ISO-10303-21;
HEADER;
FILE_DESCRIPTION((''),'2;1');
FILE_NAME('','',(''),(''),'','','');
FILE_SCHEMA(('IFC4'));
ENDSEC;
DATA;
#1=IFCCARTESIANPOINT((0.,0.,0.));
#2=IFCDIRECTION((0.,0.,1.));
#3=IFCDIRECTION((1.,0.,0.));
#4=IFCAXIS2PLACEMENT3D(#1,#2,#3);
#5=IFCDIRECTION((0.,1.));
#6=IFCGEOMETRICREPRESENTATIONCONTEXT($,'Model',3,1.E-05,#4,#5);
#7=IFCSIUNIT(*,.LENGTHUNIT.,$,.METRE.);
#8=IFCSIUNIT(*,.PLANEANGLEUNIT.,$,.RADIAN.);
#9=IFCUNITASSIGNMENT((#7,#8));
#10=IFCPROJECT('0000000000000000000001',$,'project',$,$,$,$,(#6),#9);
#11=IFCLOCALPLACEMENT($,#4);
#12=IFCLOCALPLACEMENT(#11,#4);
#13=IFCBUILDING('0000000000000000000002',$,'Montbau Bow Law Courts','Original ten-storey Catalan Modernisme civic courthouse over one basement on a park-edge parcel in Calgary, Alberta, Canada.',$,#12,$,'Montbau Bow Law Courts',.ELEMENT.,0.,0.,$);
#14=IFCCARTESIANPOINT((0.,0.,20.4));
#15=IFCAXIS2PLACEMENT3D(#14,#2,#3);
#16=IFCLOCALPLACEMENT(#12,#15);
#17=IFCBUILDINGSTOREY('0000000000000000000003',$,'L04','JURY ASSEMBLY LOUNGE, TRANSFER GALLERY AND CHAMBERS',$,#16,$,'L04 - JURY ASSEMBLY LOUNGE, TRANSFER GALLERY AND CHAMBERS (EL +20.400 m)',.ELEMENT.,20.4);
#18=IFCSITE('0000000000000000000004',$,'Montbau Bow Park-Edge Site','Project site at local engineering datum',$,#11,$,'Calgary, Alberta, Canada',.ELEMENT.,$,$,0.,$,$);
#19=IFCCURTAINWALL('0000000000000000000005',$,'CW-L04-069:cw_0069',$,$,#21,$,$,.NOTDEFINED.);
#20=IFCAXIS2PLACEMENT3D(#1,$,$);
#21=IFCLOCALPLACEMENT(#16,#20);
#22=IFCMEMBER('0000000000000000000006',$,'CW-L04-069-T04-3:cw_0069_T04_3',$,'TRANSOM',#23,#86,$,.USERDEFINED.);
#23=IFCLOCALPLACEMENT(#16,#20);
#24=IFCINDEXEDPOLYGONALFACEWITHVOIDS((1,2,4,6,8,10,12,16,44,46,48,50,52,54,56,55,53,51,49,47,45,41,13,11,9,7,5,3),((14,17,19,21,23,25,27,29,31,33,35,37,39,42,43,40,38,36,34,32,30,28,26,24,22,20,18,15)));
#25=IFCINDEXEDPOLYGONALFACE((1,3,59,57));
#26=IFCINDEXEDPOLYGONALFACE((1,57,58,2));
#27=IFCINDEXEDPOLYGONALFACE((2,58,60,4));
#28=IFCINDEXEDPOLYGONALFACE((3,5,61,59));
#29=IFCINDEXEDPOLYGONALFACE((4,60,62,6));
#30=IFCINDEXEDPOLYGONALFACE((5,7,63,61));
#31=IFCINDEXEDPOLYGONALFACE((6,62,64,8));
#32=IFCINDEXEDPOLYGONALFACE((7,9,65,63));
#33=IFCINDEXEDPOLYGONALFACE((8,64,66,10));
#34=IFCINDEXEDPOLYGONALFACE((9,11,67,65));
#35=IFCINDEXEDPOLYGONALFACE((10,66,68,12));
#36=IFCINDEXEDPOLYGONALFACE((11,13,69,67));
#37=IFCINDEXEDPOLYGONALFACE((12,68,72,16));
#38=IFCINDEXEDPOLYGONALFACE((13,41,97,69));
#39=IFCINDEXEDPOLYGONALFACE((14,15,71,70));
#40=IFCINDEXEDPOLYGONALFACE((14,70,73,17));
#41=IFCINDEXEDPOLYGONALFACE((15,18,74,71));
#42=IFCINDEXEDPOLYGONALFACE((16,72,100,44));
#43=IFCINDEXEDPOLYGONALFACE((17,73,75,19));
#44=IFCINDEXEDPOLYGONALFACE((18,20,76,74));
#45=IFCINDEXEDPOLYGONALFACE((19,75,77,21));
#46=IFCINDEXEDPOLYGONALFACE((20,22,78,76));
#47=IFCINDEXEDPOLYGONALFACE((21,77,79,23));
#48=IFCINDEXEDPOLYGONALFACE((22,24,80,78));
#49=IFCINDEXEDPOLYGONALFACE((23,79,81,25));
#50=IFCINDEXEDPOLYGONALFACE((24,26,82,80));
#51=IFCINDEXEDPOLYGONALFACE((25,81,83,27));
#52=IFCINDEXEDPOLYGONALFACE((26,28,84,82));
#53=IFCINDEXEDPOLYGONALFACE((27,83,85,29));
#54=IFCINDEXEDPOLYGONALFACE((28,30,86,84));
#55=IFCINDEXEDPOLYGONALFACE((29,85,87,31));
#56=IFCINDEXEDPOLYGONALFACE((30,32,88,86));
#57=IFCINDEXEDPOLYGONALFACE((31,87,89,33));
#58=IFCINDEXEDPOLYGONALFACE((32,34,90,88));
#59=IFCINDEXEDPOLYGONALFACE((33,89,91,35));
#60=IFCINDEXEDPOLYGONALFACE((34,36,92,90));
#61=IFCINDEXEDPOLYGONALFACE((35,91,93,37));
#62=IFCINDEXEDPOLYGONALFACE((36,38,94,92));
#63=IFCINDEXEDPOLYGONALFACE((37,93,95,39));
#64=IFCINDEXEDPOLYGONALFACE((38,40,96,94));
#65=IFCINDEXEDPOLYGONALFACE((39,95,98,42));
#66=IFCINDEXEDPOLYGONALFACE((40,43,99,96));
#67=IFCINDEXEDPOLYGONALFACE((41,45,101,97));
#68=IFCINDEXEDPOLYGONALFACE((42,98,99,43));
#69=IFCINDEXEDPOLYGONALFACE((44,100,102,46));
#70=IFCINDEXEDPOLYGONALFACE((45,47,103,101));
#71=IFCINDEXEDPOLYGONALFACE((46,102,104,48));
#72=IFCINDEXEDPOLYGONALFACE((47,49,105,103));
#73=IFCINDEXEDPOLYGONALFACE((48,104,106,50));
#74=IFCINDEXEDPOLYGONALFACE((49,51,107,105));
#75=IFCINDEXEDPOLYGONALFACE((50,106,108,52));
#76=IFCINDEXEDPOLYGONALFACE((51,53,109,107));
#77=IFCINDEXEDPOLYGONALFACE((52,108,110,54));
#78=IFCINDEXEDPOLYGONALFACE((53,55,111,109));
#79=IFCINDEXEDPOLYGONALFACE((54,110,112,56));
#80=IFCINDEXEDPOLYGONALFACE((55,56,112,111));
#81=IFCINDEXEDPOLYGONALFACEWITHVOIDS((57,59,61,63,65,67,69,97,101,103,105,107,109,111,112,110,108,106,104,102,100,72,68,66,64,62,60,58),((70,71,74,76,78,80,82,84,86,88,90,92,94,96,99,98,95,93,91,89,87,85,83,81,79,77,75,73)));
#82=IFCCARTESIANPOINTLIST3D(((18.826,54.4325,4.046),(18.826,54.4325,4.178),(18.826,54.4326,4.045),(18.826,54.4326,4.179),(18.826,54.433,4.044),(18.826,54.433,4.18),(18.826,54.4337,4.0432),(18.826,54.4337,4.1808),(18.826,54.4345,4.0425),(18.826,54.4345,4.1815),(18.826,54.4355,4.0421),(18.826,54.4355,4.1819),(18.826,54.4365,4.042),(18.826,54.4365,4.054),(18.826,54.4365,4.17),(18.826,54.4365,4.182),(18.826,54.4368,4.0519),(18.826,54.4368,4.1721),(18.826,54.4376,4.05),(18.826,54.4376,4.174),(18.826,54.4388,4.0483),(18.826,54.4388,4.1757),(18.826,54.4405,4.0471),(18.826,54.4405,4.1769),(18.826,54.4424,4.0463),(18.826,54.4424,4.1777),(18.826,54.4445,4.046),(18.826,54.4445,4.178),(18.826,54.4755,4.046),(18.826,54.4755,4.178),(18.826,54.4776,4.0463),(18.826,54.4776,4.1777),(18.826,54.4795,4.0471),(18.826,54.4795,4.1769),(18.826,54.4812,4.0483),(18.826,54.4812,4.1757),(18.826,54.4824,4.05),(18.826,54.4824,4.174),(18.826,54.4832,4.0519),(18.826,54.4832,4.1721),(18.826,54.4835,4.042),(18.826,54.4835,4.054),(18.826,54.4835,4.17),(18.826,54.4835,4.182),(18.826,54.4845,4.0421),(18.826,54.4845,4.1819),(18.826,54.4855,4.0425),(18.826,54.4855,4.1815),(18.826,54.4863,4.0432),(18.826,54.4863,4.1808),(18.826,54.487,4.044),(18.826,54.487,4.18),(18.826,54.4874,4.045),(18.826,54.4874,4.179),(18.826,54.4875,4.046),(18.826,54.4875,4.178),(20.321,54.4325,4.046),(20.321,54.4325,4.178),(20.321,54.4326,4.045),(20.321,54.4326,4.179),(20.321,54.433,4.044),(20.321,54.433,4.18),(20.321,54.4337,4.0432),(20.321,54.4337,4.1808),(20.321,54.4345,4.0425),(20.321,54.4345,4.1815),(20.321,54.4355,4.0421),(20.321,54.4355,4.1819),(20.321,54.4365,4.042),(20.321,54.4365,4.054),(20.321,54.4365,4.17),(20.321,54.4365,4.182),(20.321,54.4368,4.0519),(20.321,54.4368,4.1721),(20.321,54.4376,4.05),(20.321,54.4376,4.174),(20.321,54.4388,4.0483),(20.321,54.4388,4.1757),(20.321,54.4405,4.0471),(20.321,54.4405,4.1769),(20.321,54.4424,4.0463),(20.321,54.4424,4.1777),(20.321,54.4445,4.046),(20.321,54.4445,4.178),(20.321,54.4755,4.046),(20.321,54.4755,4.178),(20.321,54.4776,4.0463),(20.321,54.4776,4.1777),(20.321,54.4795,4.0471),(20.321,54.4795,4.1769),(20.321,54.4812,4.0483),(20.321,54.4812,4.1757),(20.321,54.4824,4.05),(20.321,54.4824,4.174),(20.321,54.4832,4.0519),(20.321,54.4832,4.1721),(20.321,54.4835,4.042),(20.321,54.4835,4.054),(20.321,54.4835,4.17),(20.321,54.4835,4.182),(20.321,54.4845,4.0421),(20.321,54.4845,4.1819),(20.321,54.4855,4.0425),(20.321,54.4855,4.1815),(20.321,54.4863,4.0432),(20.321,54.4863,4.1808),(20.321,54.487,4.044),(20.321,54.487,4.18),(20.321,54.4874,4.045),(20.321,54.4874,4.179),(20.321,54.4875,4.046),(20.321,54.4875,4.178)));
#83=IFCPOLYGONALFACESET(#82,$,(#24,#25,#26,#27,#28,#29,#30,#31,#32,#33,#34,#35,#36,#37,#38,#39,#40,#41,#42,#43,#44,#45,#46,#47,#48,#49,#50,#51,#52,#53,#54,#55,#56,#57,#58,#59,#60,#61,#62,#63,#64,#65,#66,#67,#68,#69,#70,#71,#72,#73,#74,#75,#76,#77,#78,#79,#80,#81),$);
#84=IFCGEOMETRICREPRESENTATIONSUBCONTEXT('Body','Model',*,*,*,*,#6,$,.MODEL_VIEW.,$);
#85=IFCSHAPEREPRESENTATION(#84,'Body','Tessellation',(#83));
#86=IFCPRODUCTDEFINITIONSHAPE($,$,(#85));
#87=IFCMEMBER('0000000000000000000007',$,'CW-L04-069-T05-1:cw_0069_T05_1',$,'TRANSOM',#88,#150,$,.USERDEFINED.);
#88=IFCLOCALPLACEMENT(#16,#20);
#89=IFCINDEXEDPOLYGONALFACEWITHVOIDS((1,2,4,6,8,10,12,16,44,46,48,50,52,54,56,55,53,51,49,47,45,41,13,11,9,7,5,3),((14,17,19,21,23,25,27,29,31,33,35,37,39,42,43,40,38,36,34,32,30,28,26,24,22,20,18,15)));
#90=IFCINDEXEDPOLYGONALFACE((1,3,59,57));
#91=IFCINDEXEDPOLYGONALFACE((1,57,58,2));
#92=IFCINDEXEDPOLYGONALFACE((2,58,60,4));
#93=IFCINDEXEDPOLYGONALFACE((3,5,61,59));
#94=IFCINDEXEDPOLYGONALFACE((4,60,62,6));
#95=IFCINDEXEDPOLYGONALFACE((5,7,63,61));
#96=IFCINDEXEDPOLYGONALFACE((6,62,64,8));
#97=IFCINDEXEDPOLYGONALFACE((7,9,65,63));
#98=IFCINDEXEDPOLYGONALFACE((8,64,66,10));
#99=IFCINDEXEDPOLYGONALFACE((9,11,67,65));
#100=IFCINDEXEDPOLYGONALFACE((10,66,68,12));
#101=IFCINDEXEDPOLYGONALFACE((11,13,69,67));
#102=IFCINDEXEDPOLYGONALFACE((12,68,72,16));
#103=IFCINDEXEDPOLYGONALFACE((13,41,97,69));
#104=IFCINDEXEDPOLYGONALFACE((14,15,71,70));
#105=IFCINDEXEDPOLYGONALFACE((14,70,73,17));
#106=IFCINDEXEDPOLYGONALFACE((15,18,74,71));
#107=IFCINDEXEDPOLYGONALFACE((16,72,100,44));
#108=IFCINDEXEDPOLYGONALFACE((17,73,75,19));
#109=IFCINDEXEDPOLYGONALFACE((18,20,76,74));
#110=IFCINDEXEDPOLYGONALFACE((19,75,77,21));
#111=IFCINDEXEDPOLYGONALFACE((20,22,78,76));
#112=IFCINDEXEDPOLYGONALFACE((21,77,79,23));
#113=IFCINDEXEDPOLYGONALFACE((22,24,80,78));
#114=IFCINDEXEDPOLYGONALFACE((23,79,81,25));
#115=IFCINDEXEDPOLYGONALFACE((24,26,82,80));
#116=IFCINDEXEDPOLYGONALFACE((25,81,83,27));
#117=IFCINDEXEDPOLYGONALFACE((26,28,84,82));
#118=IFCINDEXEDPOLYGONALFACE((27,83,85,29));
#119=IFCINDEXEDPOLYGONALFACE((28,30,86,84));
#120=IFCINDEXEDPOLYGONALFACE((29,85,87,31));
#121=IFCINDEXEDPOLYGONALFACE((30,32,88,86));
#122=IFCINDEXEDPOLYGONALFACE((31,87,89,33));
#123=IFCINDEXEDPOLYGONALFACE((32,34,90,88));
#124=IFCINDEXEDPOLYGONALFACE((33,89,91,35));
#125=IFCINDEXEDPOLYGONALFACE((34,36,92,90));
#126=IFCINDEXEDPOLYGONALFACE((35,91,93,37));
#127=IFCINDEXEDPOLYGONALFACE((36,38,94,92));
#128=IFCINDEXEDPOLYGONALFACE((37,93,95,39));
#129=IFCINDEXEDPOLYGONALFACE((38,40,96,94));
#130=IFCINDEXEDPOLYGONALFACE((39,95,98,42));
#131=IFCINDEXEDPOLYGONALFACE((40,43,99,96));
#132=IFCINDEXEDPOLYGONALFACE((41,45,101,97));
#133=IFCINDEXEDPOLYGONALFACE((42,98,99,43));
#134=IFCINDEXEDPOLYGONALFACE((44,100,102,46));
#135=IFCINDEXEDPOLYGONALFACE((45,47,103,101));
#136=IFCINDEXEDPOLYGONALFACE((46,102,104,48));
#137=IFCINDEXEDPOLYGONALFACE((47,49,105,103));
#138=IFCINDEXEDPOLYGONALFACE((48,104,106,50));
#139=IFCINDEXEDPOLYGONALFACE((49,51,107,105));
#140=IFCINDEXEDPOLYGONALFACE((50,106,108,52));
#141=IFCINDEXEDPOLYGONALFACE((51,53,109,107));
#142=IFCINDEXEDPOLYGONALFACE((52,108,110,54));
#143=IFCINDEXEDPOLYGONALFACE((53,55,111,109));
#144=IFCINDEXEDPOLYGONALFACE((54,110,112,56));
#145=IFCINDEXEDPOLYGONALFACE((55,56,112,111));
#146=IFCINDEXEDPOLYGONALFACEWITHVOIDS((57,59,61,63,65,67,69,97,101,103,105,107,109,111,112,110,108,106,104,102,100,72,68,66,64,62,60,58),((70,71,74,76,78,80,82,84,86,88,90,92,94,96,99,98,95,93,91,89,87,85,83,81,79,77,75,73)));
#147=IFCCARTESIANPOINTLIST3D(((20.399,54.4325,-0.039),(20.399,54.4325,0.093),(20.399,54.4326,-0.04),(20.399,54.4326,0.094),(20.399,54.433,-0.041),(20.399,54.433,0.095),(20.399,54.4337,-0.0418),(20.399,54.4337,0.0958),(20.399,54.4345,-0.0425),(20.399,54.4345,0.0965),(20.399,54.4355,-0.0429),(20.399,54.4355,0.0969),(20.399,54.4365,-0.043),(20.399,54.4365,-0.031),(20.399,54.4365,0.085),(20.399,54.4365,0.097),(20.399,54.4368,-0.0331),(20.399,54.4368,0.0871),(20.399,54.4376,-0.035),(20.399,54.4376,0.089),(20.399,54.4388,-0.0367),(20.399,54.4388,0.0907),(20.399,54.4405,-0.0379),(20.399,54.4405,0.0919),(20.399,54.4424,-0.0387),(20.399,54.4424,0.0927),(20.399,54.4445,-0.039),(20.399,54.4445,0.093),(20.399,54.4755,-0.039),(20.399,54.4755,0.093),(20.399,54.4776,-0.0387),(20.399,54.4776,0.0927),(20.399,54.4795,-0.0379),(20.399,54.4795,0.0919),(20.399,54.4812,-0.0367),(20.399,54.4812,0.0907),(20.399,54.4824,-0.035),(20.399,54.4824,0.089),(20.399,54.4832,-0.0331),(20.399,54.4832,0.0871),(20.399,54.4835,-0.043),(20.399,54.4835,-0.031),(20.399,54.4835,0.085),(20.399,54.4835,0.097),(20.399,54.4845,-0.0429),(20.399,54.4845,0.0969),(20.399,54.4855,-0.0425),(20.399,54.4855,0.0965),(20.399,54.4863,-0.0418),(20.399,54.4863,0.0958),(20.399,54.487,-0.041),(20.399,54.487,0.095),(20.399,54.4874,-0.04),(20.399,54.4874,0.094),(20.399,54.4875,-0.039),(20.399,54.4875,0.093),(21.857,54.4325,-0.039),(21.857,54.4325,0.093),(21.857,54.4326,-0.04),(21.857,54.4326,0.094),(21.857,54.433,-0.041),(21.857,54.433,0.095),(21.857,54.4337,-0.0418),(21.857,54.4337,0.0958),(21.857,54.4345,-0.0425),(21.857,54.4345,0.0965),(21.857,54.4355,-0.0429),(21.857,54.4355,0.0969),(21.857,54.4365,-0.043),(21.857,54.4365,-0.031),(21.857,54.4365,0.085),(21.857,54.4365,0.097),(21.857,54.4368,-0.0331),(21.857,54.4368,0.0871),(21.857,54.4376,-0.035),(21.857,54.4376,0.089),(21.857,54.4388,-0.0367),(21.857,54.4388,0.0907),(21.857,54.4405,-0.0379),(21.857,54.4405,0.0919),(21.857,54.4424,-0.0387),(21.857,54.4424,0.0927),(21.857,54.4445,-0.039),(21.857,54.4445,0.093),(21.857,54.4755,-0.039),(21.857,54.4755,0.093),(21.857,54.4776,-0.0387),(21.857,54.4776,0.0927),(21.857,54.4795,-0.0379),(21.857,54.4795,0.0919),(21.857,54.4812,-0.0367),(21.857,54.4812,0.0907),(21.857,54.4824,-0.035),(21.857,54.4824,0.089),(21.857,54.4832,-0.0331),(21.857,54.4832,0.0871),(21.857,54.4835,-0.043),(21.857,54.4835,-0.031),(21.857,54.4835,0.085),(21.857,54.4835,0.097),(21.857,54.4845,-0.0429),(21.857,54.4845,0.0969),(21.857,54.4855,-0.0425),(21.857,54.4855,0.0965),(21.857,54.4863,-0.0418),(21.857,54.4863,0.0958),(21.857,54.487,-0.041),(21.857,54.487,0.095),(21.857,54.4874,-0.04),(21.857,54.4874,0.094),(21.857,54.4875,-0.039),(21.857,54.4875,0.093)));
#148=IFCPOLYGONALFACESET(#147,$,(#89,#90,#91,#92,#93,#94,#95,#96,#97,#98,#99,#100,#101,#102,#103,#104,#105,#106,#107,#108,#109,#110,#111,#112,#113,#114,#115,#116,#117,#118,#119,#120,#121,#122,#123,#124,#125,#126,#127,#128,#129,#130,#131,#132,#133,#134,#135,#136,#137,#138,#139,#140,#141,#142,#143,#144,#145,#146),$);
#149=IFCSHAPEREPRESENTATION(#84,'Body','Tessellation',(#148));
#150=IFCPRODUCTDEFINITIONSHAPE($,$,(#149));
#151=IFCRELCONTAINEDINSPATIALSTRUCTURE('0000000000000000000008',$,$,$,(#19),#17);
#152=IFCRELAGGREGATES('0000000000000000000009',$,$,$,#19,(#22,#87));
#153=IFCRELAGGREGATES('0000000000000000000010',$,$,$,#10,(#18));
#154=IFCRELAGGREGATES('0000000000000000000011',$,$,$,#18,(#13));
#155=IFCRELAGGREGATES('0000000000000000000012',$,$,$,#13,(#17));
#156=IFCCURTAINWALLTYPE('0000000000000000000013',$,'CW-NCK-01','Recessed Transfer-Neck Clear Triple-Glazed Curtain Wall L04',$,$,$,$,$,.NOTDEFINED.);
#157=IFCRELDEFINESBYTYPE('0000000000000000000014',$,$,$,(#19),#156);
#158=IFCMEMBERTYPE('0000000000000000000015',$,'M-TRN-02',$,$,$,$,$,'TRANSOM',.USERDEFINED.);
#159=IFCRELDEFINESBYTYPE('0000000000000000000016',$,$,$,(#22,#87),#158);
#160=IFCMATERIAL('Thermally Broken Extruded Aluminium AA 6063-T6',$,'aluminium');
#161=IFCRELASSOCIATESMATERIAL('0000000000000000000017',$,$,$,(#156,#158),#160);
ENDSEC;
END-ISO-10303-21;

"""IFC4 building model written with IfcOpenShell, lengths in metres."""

from ifc_helpers import new_model, si_unit, direction, frame, origin_with_axes, origin_2d_with_axis, place, context, subcontext, project, spatial, hollow_rectangle, extrude, material, material_profile, profile_set, type_object, element, aggregate, save


model = new_model("IFC4")

# Units and contexts
model_context = context("Model", 3, precision=1e-05, world=origin_with_axes(), true_north=direction((0.0, 1.0)))
body_context = subcontext(model_context, "Body", "Model", "MODEL_VIEW")
ifc_project = project(units=[si_unit("LENGTHUNIT", "METRE"), si_unit("PLANEANGLEUNIT", "RADIAN")], contexts=[model_context])

# Site, building, storey
site_placement = place(None, origin_with_axes())
site = spatial("IfcSite", under=ifc_project, at=site_placement, Name="Montbau Bow Park-Edge Site", Description="Project site at local engineering datum", LongName="Calgary, Alberta, Canada", CompositionType="ELEMENT", RefElevation=0.0)
building_placement = place(site_placement, origin_with_axes())
building = spatial("IfcBuilding", under=site, at=building_placement, Name="Montbau Bow Law Courts", Description="Original ten-storey Catalan Modernisme civic courthouse over one basement on a park-edge parcel in Calgary, Alberta, Canada.", LongName="Montbau Bow Law Courts", CompositionType="ELEMENT", ElevationOfRefHeight=0.0, ElevationOfTerrain=0.0)
storey_placement = place(building_placement, frame((0.0, 0.0, 20.4), z_axis=(0.0, 0.0, 1.0), x_axis=(1.0, 0.0, 0.0)))
storey = spatial("IfcBuildingStorey", under=building, at=storey_placement, Name="L04", Description="JURY ASSEMBLY LOUNGE, TRANSFER GALLERY AND CHAMBERS", LongName="L04 - JURY ASSEMBLY LOUNGE, TRANSFER GALLERY AND CHAMBERS (EL +20.400 m)", CompositionType="ELEMENT", Elevation=20.4)

# Curtain wall
ifc_material_1 = material(Name="Thermally Broken Extruded Aluminium AA 6063-T6", Category="aluminium")
curtain_wall_type = type_object("IfcCurtainWallType", Name="CW-NCK-01", Description="Recessed Transfer-Neck Clear Triple-Glazed Curtain Wall L04", PredefinedType="NOTDEFINED", material=ifc_material_1)
curtain_wall_1_placement = place(None, frame((14.068, 54.46, 20.4), z_axis=(0.0, 0.0, 1.0), x_axis=(1.0, 0.0, 0.0)))
curtain_wall_1 = element("IfcCurtainWall", 1, at=curtain_wall_1_placement, inside=storey, type_object=curtain_wall_type, Name="CW-L04-069:cw_0069", PredefinedType="NOTDEFINED")

# Members
ifc_material_profile_1 = material_profile(ifc_material_1, hollow_rectangle(XDim=0.055, YDim=0.14, WallThickness=0.004, InnerFilletRadius=0.008, OuterFilletRadius=0.004, at=origin_2d_with_axis()), Name="CWT-140X55", Category="Main", Priority=0)
ifc_profile_set_1 = profile_set([ifc_material_profile_1], Name="Thermally Broken Extruded Aluminium AA 6063-T6")
member_type_1 = type_object("IfcMemberType", Name="M-TRN-02", ElementType="TRANSOM", PredefinedType="USERDEFINED", material=ifc_profile_set_1)
member_1_placement = place(None, frame((18.826, 54.46, 24.512), z_axis=(1.0, 0.0, 0.0), x_axis=(0.0, 1.0, 0.0)))
member_1 = element("IfcMember", 2, at=member_1_placement, type_object=member_type_1, Name="CW-L04-069-T04-3:cw_0069_T04_3", ObjectType="TRANSOM", PredefinedType="USERDEFINED", context=body_context, shape_type="SweptSolid", body=[
    extrude(hollow_rectangle(XDim=0.055, YDim=0.14, WallThickness=0.004, InnerFilletRadius=0.008, OuterFilletRadius=0.004, at=origin_2d_with_axis()), origin_with_axes(), (0.0, 0.0, 1.0), 1.495),
])
member_2_placement = place(None, frame((20.399, 54.46, 20.427), z_axis=(1.0, 0.0, 0.0), x_axis=(0.0, 1.0, 0.0)))
member_2 = element("IfcMember", 3, at=member_2_placement, type_object=member_type_1, Name="CW-L04-069-T05-1:cw_0069_T05_1", ObjectType="TRANSOM", PredefinedType="USERDEFINED", context=body_context, shape_type="SweptSolid", body=[
    extrude(hollow_rectangle(XDim=0.055, YDim=0.14, WallThickness=0.004, InnerFilletRadius=0.008, OuterFilletRadius=0.004, at=origin_2d_with_axis()), origin_with_axes(), (0.0, 0.0, 1.0), 1.458),
])

aggregate(curtain_wall_1, [member_1, member_2])

save(model, "model.ifc")
